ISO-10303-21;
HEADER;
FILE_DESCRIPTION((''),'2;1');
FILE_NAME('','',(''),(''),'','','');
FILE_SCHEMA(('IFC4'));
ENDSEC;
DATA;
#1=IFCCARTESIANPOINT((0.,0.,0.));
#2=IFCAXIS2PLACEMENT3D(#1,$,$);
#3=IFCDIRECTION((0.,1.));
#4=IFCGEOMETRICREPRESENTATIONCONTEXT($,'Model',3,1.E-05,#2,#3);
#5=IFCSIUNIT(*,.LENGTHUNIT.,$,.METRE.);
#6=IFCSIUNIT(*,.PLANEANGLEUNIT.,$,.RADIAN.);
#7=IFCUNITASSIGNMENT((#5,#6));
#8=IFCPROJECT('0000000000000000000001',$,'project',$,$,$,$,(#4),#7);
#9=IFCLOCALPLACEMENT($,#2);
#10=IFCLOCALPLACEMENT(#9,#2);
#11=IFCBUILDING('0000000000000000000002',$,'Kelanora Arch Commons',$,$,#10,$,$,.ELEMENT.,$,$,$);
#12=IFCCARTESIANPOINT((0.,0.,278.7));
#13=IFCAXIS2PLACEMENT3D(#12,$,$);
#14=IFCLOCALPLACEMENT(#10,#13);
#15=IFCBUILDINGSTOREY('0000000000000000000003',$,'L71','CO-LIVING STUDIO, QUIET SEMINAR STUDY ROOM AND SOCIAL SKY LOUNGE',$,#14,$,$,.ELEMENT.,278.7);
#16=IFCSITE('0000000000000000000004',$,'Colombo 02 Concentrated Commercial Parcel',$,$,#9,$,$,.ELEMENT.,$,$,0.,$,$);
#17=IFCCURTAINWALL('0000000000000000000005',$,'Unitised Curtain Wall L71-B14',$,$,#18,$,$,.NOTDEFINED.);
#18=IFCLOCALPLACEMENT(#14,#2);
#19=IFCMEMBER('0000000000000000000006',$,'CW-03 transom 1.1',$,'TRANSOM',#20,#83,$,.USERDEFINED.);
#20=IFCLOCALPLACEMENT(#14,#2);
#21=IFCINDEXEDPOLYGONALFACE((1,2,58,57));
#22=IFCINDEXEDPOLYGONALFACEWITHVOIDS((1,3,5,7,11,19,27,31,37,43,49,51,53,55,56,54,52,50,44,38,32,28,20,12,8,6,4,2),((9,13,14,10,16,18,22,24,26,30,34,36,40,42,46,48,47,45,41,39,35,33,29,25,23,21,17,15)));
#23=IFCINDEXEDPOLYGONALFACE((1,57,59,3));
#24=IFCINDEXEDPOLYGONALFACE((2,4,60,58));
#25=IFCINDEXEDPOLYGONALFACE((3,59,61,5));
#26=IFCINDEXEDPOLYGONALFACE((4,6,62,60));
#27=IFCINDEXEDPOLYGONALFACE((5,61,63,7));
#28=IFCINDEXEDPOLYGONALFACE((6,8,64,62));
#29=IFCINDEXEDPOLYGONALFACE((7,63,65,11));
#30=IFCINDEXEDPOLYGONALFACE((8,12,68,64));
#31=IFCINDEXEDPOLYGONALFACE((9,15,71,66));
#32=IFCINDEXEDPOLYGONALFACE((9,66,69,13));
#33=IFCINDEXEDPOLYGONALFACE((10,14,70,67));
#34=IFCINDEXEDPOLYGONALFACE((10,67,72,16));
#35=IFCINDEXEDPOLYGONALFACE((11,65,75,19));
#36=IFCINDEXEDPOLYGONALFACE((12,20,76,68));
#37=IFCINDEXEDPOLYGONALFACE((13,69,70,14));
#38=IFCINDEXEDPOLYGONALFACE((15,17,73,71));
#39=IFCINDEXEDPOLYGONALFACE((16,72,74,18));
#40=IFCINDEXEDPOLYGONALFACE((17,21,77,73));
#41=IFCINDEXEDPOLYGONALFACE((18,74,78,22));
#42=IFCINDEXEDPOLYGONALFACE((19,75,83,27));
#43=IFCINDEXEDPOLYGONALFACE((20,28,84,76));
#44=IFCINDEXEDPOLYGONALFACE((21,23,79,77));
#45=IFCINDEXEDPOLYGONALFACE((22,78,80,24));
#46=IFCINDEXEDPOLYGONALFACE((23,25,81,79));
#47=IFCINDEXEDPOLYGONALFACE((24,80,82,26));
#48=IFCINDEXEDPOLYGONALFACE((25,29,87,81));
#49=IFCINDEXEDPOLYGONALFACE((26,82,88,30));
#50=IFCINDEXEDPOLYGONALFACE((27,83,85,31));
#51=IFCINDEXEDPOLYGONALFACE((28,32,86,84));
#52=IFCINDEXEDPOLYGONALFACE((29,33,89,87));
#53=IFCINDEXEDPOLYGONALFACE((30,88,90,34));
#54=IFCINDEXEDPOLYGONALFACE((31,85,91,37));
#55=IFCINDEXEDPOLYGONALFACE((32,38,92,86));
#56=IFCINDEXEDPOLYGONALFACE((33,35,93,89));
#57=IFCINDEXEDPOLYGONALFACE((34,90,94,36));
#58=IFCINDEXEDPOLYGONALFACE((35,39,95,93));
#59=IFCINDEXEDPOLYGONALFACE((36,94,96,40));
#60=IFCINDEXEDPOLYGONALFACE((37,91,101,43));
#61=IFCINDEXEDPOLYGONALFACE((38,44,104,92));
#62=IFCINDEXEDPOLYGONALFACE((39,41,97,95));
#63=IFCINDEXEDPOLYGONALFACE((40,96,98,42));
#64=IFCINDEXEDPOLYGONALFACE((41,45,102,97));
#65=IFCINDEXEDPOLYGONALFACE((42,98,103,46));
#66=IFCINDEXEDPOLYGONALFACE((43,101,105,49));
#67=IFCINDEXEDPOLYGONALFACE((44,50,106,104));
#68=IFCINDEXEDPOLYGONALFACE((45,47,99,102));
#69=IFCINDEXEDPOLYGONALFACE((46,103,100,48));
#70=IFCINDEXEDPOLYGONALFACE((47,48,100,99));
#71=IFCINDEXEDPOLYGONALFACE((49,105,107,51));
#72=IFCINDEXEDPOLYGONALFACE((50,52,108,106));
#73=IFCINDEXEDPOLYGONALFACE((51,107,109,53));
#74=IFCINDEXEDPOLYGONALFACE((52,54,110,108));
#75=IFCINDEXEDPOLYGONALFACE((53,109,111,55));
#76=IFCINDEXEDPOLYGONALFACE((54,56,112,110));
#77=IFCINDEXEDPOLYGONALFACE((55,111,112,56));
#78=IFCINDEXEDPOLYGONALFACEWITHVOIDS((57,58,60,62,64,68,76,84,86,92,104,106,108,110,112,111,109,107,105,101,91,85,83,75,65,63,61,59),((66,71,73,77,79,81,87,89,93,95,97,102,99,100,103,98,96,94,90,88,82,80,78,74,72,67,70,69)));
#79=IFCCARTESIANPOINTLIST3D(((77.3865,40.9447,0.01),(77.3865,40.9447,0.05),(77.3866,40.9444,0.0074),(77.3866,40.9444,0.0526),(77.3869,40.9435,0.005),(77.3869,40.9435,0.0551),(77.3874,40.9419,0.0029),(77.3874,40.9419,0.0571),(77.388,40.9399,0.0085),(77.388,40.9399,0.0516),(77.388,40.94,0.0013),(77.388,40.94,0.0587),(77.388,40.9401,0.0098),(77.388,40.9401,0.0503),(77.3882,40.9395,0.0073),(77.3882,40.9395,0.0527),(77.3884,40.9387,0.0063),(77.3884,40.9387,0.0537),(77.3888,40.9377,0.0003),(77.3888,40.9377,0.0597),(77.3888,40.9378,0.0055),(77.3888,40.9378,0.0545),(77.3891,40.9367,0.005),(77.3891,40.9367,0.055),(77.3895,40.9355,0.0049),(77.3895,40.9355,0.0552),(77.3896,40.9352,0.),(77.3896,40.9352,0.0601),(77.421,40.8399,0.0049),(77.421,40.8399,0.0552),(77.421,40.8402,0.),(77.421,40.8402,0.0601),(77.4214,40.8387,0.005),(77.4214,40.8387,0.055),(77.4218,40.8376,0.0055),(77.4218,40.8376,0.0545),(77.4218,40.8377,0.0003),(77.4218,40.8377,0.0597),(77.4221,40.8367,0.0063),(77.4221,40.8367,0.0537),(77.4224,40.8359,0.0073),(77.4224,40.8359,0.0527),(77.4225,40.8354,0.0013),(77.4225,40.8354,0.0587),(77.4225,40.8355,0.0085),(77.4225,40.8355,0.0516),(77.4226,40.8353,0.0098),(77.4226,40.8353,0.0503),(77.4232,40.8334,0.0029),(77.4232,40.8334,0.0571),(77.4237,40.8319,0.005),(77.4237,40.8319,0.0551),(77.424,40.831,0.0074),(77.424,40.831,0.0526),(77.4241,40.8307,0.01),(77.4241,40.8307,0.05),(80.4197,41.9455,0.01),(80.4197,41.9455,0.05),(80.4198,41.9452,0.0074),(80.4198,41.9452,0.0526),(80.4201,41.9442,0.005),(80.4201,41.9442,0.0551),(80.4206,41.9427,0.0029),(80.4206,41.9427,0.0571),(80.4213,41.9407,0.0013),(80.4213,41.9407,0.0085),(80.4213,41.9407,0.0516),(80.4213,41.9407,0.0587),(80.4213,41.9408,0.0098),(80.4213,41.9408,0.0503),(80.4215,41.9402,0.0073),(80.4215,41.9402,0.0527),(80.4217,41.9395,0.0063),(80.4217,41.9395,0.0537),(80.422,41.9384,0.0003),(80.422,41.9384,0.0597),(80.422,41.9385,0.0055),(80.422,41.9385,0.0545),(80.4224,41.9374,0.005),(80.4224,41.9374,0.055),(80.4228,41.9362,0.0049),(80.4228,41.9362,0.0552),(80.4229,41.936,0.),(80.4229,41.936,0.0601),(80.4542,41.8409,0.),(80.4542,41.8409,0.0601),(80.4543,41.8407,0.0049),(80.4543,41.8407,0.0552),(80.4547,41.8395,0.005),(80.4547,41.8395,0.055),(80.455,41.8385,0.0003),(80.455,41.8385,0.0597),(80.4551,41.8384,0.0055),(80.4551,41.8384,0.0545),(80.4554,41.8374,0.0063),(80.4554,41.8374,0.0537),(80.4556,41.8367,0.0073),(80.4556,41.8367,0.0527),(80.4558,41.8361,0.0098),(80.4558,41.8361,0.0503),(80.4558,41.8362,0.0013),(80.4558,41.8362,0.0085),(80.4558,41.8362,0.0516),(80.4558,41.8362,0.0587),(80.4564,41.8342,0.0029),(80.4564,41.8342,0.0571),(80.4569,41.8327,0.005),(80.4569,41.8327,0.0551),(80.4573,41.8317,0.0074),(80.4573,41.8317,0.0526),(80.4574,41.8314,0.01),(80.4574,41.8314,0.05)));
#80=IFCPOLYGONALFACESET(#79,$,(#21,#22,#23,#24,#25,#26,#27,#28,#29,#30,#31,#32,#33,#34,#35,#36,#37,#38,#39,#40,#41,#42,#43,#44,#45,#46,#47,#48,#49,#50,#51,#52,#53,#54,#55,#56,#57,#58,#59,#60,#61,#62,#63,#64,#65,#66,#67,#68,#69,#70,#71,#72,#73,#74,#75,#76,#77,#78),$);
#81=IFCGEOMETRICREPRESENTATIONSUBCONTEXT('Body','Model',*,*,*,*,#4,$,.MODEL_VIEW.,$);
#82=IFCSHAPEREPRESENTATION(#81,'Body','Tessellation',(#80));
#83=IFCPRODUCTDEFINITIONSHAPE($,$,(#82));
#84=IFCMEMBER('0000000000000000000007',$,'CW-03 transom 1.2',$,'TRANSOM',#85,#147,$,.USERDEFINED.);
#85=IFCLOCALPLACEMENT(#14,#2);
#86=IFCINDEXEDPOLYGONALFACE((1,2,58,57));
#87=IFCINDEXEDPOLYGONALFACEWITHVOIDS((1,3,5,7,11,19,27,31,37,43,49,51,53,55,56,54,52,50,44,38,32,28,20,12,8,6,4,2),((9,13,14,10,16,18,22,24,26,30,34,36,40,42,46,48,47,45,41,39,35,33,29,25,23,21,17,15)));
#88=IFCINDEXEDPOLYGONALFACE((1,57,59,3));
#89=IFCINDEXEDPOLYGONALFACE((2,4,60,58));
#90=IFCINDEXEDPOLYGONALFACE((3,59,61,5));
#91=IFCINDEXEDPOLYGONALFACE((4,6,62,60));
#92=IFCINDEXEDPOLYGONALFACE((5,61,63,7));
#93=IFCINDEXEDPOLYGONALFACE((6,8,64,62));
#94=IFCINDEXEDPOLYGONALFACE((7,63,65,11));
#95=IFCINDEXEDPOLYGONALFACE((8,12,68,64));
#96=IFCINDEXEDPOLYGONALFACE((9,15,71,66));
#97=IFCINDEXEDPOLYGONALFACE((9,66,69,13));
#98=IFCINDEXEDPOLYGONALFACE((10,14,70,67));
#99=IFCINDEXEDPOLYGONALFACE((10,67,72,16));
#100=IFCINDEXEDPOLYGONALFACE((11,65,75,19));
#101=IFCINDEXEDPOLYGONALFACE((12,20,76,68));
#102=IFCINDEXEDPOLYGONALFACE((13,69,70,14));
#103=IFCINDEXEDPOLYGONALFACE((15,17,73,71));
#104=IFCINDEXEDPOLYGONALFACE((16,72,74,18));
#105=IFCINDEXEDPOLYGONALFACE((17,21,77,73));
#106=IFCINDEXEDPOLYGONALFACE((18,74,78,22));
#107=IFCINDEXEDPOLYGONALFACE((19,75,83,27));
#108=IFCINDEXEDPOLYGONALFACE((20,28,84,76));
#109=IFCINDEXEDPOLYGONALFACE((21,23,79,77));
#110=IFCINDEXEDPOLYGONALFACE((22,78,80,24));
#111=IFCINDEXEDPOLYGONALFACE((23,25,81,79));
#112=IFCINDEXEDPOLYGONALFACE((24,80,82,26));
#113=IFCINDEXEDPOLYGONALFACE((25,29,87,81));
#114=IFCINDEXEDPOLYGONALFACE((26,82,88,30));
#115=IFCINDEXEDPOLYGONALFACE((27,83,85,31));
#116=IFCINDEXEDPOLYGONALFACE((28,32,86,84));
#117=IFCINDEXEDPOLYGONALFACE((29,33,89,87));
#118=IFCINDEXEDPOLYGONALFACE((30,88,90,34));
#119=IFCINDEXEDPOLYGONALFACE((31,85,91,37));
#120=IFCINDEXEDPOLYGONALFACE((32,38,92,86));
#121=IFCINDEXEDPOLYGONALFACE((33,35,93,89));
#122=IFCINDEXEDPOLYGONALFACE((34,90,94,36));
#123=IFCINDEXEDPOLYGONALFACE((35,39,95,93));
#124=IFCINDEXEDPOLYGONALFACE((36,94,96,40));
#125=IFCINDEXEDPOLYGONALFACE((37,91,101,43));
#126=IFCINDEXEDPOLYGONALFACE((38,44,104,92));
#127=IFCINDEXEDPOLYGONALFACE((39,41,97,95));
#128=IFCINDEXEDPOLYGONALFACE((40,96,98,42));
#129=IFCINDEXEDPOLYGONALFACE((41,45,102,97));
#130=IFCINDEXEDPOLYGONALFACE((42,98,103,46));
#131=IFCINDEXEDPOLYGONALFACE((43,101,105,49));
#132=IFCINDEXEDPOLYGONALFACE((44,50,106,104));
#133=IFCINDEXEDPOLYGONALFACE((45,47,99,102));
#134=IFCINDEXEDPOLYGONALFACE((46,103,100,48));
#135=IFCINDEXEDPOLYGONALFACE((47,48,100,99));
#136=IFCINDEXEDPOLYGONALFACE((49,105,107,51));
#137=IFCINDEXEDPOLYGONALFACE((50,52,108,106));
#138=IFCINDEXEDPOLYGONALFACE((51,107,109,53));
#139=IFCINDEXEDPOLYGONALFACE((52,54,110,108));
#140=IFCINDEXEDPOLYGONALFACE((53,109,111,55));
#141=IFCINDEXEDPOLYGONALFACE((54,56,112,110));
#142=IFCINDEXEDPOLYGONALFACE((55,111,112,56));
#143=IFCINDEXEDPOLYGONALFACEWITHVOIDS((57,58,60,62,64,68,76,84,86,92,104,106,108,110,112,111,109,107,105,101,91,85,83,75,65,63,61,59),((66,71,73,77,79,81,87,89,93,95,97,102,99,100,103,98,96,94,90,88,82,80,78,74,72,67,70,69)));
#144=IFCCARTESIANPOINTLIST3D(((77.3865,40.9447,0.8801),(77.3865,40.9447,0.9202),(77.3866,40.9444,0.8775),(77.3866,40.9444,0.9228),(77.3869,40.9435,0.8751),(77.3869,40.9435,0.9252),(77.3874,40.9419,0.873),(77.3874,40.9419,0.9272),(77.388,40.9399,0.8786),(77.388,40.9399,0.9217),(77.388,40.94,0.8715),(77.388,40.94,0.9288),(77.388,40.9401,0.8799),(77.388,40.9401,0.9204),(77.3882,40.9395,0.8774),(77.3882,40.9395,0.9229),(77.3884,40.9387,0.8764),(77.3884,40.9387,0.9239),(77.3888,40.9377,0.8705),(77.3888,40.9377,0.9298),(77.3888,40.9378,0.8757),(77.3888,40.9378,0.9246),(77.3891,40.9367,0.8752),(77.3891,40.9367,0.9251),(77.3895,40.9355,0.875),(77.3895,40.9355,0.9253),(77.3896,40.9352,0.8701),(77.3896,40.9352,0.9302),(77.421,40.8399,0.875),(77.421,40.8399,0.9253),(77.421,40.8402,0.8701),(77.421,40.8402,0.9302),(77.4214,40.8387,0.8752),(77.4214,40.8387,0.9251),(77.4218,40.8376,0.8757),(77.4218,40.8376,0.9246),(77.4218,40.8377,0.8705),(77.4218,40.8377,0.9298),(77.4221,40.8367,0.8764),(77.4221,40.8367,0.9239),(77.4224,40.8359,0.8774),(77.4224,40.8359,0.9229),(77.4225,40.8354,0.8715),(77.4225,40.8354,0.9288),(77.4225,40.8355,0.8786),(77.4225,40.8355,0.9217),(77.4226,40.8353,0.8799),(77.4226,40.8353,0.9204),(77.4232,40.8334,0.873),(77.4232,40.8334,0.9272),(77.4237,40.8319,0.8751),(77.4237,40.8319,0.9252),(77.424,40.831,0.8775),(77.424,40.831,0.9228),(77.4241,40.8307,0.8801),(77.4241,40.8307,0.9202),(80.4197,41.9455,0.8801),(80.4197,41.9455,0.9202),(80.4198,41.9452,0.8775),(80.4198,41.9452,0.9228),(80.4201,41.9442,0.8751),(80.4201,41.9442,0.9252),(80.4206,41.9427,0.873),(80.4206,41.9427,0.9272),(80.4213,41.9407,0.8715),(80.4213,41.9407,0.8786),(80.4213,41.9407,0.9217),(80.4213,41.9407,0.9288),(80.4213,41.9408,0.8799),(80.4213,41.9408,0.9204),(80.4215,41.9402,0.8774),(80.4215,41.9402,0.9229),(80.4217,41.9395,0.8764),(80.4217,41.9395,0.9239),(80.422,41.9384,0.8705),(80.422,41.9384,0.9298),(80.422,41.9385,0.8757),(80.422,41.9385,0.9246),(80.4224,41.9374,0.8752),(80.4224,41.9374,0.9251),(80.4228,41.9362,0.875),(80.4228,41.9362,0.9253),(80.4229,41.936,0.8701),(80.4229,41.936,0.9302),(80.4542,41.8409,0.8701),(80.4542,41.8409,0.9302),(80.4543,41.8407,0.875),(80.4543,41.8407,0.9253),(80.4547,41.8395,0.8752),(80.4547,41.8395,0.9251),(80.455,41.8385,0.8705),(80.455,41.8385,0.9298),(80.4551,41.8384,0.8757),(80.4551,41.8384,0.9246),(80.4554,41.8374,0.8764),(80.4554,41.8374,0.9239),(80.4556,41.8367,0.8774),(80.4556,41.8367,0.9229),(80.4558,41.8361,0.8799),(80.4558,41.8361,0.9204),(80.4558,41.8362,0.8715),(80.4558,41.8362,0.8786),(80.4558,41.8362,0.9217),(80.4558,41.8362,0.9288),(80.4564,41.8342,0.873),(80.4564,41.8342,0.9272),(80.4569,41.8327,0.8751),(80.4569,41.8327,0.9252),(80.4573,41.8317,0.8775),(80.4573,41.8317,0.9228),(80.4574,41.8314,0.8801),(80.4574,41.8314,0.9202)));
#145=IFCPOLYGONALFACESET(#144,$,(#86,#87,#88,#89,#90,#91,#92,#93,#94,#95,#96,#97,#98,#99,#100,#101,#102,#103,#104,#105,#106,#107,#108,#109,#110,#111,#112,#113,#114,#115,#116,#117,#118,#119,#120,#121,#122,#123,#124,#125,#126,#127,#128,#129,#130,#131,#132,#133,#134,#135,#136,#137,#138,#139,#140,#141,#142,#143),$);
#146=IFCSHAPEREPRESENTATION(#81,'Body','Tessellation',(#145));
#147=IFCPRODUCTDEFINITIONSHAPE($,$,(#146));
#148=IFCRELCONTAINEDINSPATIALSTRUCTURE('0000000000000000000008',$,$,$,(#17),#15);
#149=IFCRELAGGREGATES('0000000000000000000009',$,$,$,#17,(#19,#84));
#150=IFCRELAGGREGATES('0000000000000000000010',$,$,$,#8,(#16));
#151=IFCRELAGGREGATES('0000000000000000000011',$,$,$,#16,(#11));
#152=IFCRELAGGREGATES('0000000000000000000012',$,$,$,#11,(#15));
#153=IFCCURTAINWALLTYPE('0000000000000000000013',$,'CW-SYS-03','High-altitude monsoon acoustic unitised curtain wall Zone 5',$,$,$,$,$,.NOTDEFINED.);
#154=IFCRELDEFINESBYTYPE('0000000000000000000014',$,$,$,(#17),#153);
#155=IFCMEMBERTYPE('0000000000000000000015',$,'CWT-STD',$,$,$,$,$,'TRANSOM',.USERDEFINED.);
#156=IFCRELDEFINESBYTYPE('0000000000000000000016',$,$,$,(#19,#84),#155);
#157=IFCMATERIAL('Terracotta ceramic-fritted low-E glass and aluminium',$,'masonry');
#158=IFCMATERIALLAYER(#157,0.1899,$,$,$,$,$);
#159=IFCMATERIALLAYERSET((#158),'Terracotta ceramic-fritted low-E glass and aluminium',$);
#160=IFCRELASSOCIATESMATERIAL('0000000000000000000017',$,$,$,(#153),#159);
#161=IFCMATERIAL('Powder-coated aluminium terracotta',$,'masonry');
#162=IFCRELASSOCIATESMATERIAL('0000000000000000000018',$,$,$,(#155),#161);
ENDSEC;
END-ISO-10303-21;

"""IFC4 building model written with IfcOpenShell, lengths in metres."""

from ifc_helpers import new_model, si_unit, direction, frame, origin, origin_2d, place, context, subcontext, project, spatial, hollow_rectangle, extrude, material, layer, layer_set, material_profile, profile_set, type_object, element, aggregate, save


model = new_model("IFC4")

# Units and contexts
model_context = context("Model", 3, precision=1e-05, world=origin(), true_north=direction((0.0, 1.0)))
body_context = subcontext(model_context, "Body", "Model", "MODEL_VIEW")
ifc_project = project(units=[si_unit("LENGTHUNIT", "METRE"), si_unit("PLANEANGLEUNIT", "RADIAN")], contexts=[model_context])

# Site, building, storey
site_placement = place(None, origin())
site = spatial("IfcSite", under=ifc_project, at=site_placement, Name="Colombo 02 Concentrated Commercial Parcel", CompositionType="ELEMENT", RefElevation=0.0)
building_placement = place(site_placement, origin())
building = spatial("IfcBuilding", under=site, at=building_placement, Name="Kelanora Arch Commons", CompositionType="ELEMENT")
storey_placement = place(building_placement, frame((0.0, 0.0, 278.7)))
storey = spatial("IfcBuildingStorey", under=building, at=storey_placement, Name="L71", Description="CO-LIVING STUDIO, QUIET SEMINAR STUDY ROOM AND SOCIAL SKY LOUNGE", CompositionType="ELEMENT", Elevation=278.7)

# Curtain wall, members
ifc_material_1 = material(Name="Terracotta ceramic-fritted low-E glass and aluminium", Category="masonry")
ifc_layer_1 = layer(ifc_material_1, 0.1899)
ifc_layer_set_1 = layer_set([ifc_layer_1], Name="Terracotta ceramic-fritted low-E glass and aluminium")
curtain_wall_type = type_object("IfcCurtainWallType", Name="CW-SYS-03", Description="High-altitude monsoon acoustic unitised curtain wall Zone 5", PredefinedType="NOTDEFINED", material=ifc_layer_set_1)
curtain_wall_placement = place(storey_placement, origin())
curtain_wall = element("IfcCurtainWall", 1, at=curtain_wall_placement, inside=storey, type_object=curtain_wall_type, Name="Unitised Curtain Wall L71-B14", PredefinedType="NOTDEFINED")
ifc_material_2 = material(Name="Powder-coated aluminium terracotta", Category="masonry")
ifc_material_profile_1 = material_profile(ifc_material_2, hollow_rectangle(XDim=0.1201, YDim=0.0601, WallThickness=0.0049, InnerFilletRadius=0.0049, OuterFilletRadius=0.01, at=origin_2d()), Name="CWT120x60")
ifc_profile_set_1 = profile_set([ifc_material_profile_1], Name="Powder-coated aluminium terracotta")
member_type_1 = type_object("IfcMemberType", Name="CWT-STD", ElementType="TRANSOM", PredefinedType="USERDEFINED", material=ifc_profile_set_1)
member_1_placement = place(storey_placement, frame((77.4053, 40.8877, 0.03), z_axis=(0.94965, 0.313314, 0.0), x_axis=(-0.313314, 0.94965, 0.0)))
member_1 = element("IfcMember", 2, at=member_1_placement, type_object=member_type_1, Name="CW-03 transom 1.1", ObjectType="TRANSOM", PredefinedType="USERDEFINED", context=body_context, shape_type="SweptSolid", body=[
    extrude(hollow_rectangle(XDim=0.1201, YDim=0.0601, WallThickness=0.0049, InnerFilletRadius=0.0049, OuterFilletRadius=0.01, at=origin_2d()), origin(), (0.0, 0.0, 1.0), 3.1941),
])
member_2_placement = place(storey_placement, frame((77.4053, 40.8877, 0.9001), z_axis=(0.94965, 0.313314, 0.0), x_axis=(-0.313314, 0.94965, 0.0)))
member_2 = element("IfcMember", 3, at=member_2_placement, type_object=member_type_1, Name="CW-03 transom 1.2", ObjectType="TRANSOM", PredefinedType="USERDEFINED", context=body_context, shape_type="SweptSolid", body=[
    extrude(hollow_rectangle(XDim=0.1201, YDim=0.0601, WallThickness=0.0049, InnerFilletRadius=0.0049, OuterFilletRadius=0.01, at=origin_2d()), origin(), (0.0, 0.0, 1.0), 3.1941),
])
aggregate(curtain_wall, [member_1, member_2])

save(model, "model.ifc")
